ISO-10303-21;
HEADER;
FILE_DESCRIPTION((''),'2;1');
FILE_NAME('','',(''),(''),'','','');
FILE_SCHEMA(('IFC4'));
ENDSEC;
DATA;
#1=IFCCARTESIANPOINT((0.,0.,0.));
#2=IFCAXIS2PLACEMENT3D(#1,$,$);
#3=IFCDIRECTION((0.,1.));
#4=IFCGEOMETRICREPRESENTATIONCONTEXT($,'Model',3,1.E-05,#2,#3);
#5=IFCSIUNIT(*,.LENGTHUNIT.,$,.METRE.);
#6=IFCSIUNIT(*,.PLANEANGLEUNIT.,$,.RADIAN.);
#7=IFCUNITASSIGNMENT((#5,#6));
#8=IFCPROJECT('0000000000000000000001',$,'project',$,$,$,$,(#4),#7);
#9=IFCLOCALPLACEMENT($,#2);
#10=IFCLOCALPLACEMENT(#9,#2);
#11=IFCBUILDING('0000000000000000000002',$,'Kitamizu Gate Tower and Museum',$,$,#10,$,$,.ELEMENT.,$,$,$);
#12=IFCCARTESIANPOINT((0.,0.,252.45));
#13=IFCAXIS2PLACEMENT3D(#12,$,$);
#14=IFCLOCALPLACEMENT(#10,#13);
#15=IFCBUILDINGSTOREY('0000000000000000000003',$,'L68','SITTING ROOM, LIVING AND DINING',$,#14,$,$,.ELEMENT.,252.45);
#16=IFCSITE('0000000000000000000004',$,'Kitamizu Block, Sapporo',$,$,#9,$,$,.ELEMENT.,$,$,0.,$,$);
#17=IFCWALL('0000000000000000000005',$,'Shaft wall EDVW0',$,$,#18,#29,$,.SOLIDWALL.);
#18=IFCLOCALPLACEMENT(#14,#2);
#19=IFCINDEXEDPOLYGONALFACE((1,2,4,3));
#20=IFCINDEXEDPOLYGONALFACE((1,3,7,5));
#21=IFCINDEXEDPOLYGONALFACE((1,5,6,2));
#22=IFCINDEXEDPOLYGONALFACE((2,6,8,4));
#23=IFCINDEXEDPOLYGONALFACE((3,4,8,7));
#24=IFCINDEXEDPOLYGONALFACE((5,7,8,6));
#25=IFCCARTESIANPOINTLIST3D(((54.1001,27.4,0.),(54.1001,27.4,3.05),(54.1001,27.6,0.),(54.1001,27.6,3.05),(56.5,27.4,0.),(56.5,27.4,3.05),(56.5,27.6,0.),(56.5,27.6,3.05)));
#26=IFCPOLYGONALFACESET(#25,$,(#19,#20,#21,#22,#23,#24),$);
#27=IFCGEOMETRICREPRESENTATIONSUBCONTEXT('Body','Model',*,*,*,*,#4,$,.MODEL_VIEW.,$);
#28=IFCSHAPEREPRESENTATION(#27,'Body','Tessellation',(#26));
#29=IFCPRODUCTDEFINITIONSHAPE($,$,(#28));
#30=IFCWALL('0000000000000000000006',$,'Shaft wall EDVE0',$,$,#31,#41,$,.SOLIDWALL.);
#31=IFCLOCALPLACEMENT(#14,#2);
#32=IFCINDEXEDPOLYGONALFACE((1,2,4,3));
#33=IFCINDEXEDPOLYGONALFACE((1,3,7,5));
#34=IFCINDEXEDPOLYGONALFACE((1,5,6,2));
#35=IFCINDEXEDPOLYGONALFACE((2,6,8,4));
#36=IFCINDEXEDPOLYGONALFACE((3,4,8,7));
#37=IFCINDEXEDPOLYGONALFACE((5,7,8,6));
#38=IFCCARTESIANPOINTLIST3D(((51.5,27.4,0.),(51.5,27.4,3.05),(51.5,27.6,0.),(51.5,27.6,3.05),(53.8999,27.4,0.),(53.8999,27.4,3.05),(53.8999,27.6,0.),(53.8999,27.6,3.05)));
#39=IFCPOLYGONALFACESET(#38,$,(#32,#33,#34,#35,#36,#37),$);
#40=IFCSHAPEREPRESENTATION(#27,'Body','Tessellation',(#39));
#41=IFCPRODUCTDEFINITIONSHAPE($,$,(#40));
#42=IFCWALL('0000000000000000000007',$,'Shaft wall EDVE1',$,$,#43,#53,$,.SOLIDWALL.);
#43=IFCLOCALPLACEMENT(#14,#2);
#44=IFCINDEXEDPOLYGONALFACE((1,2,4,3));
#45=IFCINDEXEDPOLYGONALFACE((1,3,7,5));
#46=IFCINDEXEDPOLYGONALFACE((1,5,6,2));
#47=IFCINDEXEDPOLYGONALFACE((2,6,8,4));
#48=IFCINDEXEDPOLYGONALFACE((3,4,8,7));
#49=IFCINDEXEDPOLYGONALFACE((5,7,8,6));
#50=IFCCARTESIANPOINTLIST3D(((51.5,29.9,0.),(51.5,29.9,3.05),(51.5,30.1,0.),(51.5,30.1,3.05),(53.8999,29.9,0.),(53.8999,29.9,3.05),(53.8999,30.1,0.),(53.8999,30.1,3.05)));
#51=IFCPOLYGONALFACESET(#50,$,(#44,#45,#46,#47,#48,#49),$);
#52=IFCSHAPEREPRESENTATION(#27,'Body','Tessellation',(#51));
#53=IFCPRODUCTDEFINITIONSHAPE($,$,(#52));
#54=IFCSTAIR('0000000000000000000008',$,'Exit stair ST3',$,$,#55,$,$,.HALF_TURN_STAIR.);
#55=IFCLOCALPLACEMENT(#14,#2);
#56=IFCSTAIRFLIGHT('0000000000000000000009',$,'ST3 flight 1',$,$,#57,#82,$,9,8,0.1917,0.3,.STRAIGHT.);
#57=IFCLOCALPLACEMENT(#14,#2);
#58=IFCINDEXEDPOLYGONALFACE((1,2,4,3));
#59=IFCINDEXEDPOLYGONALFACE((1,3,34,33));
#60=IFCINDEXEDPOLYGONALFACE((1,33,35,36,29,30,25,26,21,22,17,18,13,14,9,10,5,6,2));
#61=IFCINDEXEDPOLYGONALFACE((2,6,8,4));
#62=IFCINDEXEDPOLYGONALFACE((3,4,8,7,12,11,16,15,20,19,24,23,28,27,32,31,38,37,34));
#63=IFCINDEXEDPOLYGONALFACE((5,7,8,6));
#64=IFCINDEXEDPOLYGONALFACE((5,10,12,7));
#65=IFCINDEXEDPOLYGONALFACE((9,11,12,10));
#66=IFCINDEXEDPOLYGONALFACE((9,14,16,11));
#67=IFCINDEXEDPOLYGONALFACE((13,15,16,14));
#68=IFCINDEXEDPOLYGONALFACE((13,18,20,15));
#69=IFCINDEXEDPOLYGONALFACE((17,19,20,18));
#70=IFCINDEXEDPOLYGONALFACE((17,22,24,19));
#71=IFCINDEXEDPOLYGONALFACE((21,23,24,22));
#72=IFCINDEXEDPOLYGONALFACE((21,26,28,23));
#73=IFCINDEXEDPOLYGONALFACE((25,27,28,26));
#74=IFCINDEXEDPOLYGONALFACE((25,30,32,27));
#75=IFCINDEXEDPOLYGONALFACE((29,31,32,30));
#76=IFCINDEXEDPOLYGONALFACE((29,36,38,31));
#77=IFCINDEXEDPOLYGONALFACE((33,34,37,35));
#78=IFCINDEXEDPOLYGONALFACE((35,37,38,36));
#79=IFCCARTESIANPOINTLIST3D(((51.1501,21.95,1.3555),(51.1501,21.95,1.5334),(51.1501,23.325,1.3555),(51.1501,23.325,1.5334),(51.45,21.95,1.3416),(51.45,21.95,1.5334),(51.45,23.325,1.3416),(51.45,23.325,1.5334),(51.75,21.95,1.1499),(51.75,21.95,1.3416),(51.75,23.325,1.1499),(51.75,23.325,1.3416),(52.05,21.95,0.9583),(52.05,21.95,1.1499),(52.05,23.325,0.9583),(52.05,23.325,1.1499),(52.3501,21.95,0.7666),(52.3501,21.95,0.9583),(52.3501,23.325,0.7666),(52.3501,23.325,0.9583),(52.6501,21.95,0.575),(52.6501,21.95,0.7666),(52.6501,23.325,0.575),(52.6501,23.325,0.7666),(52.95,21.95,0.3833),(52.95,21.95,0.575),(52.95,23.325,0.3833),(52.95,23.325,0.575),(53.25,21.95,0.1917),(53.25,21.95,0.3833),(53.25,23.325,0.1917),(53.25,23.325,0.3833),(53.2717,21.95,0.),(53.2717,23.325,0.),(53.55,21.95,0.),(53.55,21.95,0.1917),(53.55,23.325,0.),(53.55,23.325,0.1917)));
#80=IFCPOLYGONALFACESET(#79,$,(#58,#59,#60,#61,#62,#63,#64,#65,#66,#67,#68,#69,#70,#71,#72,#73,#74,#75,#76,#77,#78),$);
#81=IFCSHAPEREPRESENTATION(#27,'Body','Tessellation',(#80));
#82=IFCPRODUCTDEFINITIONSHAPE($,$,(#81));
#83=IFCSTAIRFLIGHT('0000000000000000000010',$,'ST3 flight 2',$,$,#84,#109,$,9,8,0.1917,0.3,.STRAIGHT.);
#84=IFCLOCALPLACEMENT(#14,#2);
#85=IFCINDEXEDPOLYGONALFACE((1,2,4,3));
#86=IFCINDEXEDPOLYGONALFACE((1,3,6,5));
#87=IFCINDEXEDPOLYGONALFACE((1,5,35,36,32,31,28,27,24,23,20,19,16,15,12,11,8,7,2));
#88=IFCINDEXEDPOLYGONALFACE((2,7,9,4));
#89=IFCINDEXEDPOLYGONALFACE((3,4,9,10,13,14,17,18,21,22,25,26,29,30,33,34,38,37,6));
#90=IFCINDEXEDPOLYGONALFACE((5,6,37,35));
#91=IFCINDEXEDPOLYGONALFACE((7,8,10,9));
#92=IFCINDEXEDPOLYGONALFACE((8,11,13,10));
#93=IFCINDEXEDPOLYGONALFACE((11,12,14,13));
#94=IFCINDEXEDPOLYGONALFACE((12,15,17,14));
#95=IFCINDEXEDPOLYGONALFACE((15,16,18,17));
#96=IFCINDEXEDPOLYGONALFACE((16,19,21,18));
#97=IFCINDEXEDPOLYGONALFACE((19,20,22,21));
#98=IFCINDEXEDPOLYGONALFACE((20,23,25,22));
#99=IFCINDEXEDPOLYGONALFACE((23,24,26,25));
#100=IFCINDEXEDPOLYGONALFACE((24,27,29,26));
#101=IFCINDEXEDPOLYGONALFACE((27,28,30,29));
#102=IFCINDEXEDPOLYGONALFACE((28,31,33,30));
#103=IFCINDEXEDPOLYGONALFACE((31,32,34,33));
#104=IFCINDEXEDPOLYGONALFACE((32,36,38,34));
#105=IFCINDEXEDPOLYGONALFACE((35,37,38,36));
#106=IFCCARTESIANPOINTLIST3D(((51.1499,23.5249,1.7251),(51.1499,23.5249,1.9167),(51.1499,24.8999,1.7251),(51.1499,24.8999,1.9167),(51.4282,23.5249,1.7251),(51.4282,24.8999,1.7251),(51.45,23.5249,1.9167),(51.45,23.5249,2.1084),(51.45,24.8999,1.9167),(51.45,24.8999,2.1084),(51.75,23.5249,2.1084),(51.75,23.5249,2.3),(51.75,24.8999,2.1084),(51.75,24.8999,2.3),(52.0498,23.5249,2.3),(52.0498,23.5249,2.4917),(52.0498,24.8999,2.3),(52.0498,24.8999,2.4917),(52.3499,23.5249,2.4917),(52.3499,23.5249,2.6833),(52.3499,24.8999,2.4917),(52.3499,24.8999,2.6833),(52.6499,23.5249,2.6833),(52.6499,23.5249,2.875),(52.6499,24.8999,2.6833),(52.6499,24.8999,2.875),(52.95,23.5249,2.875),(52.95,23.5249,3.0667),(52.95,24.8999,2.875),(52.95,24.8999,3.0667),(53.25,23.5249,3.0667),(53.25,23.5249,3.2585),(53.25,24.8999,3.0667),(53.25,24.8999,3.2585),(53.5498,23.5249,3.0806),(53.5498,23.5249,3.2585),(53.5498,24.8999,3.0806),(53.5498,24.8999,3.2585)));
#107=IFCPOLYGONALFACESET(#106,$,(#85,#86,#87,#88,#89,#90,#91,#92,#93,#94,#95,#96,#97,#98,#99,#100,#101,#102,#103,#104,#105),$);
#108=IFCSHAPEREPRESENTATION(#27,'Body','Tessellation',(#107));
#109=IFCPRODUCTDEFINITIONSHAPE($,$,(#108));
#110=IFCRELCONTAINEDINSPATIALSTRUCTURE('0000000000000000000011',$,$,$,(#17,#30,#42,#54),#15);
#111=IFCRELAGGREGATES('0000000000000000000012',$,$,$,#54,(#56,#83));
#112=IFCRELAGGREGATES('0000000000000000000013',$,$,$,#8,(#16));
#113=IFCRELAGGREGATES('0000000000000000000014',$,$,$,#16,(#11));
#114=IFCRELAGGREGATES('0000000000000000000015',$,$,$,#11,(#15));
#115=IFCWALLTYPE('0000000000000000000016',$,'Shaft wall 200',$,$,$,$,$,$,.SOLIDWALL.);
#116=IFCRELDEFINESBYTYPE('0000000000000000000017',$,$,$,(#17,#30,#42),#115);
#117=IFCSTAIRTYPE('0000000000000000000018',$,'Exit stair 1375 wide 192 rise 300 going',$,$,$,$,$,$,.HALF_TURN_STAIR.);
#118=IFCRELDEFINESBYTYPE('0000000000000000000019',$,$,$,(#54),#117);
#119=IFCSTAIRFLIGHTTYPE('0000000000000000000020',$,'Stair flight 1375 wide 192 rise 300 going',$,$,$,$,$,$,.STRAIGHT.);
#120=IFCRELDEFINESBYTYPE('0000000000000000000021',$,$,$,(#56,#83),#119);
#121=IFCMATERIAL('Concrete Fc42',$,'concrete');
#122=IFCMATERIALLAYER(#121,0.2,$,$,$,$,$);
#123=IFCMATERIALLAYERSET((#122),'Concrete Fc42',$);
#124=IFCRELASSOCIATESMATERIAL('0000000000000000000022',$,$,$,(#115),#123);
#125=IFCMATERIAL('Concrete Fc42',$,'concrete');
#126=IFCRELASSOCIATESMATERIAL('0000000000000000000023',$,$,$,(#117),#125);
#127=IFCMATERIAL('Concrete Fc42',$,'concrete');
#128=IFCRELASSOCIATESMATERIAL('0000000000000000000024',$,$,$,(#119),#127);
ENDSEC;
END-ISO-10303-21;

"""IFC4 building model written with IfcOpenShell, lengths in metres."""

from ifc_helpers import new_model, si_unit, direction, frame, frame_2d, origin, place, context, subcontext, project, spatial, polyline, rectangle, outline, extrude, material, layer, layer_set, type_object, element, aggregate, save


model = new_model("IFC4")

# Units and contexts
model_context = context("Model", 3, precision=1e-05, world=origin(), true_north=direction((0.0, 1.0)))
body_context = subcontext(model_context, "Body", "Model", "MODEL_VIEW")
ifc_project = project(units=[si_unit("LENGTHUNIT", "METRE"), si_unit("PLANEANGLEUNIT", "RADIAN")], contexts=[model_context])

# Site, building, storey
site_placement = place(None, origin())
site = spatial("IfcSite", under=ifc_project, at=site_placement, Name="Kitamizu Block, Sapporo", CompositionType="ELEMENT", RefElevation=0.0)
building_placement = place(site_placement, origin())
building = spatial("IfcBuilding", under=site, at=building_placement, Name="Kitamizu Gate Tower and Museum", CompositionType="ELEMENT")
storey_placement = place(building_placement, frame((0.0, 0.0, 252.45)))
storey = spatial("IfcBuildingStorey", under=building, at=storey_placement, Name="L68", Description="SITTING ROOM, LIVING AND DINING", CompositionType="ELEMENT", Elevation=252.45)

# Shared definitions
ifc_material_1 = material(Name="Concrete Fc42", Category="concrete")
ifc_layer_1 = layer(ifc_material_1, 0.2)
ifc_layer_set_1 = layer_set([ifc_layer_1], Name="Concrete Fc42")
wall_type_1 = type_object("IfcWallType", Name="Shaft wall 200", PredefinedType="SOLIDWALL", material=ifc_layer_set_1)

# Walls
for number, where, z_axis, x_axis, name in (
    (1, (56.5, 27.5, 0.0), (0.0, 0.0, 1.0), (-1.0, 0.0, 0.0), "Shaft wall EDVW0"),
    (2, (53.8999, 27.5, 0.0), (0.0, 0.0, 1.0), (-1.0, 0.0, 0.0), "Shaft wall EDVE0"),
    (3, (53.8999, 30.0, 0.0), (0.0, 0.0, 1.0), (-1.0, 0.0, 0.0), "Shaft wall EDVE1"),
):
    element("IfcWall", number, at=place(storey_placement, frame(where, z_axis=z_axis, x_axis=x_axis)), inside=storey, type_object=wall_type_1, Name=name, PredefinedType="SOLIDWALL", context=body_context, shape_type="SweptSolid", body=[
        extrude(rectangle(XDim=2.3999, YDim=0.2, at=frame_2d((1.2, 0.0))), origin(), (0.0, 0.0, 1.0), 3.05),
    ])

# Stair, stair flights
ifc_material_2 = material(Name="Concrete Fc42", Category="concrete")
stair_type = type_object("IfcStairType", Name="Exit stair 1375 wide 192 rise 300 going", PredefinedType="HALF_TURN_STAIR", material=ifc_material_2)
stair_placement = place(storey_placement, origin())
stair = element("IfcStair", 4, at=stair_placement, inside=storey, type_object=stair_type, Name="Exit stair ST3", PredefinedType="HALF_TURN_STAIR")
ifc_material_3 = material(Name="Concrete Fc42", Category="concrete")
stair_flight_type = type_object("IfcStairFlightType", Name="Stair flight 1375 wide 192 rise 300 going", PredefinedType="STRAIGHT", material=ifc_material_3)
stair_flight_1_placement = place(storey_placement, frame((53.55, 22.6375, 0.0), z_axis=(0.0, 0.0, 1.0), x_axis=(-1.0, 0.0, 0.0)))
stair_flight_1 = element("IfcStairFlight", 5, at=stair_flight_1_placement, type_object=stair_flight_type, Name="ST3 flight 1", NumberOfRisers=9, NumberOfTreads=8, PredefinedType="STRAIGHT", RiserHeight=0.1917, TreadLength=0.3, context=body_context, shape_type="SweptSolid", body=[
    extrude(outline(polyline([(0.0, 0.0), (0.0, 0.1917), (0.3, 0.1917), (0.3, 0.3833), (0.6001, 0.3833), (0.6001, 0.575), (0.8999, 0.575), (0.8999, 0.7666), (1.2, 0.7666), (1.2, 0.9583), (1.5, 0.9583), (1.5, 1.1499), (1.8, 1.1499), (1.8, 1.3416), (2.1001, 1.3416), (2.1001, 1.5334), (2.3999, 1.5334), (2.3999, 1.7251), (2.3999, 1.3555), (0.2783, 0.0), (0.0, 0.0)])), frame((0.0, 0.6875, 0.0), z_axis=(0.0, -1.0, 0.0), x_axis=(1.0, 0.0, 0.0)), (0.0, 0.0, 1.0), 1.375),
])
stair_flight_2_placement = place(storey_placement, frame((51.1499, 24.2124, 1.7251), z_axis=(0.0, 0.0, 1.0), x_axis=(1.0, 0.0, 0.0)))
stair_flight_2 = element("IfcStairFlight", 6, at=stair_flight_2_placement, type_object=stair_flight_type, Name="ST3 flight 2", NumberOfRisers=9, NumberOfTreads=8, PredefinedType="STRAIGHT", RiserHeight=0.1917, TreadLength=0.3, context=body_context, shape_type="SweptSolid", body=[
    extrude(outline(polyline([(0.0, 0.0), (0.0, 0.1917), (0.3, 0.1917), (0.3, 0.3833), (0.6001, 0.3833), (0.6001, 0.575), (0.8999, 0.575), (0.8999, 0.7666), (1.2, 0.7666), (1.2, 0.9583), (1.5, 0.9583), (1.5, 1.1499), (1.8, 1.1499), (1.8, 1.3416), (2.1001, 1.3416), (2.1001, 1.5334), (2.3999, 1.5334), (2.3999, 1.7251), (2.3999, 1.3555), (0.2783, 0.0), (0.0, 0.0)])), frame((0.0, 0.6875, 0.0), z_axis=(0.0, -1.0, 0.0), x_axis=(1.0, 0.0, 0.0)), (0.0, 0.0, 1.0), 1.375),
])
aggregate(stair, [stair_flight_1, stair_flight_2])

save(model, "model.ifc")
